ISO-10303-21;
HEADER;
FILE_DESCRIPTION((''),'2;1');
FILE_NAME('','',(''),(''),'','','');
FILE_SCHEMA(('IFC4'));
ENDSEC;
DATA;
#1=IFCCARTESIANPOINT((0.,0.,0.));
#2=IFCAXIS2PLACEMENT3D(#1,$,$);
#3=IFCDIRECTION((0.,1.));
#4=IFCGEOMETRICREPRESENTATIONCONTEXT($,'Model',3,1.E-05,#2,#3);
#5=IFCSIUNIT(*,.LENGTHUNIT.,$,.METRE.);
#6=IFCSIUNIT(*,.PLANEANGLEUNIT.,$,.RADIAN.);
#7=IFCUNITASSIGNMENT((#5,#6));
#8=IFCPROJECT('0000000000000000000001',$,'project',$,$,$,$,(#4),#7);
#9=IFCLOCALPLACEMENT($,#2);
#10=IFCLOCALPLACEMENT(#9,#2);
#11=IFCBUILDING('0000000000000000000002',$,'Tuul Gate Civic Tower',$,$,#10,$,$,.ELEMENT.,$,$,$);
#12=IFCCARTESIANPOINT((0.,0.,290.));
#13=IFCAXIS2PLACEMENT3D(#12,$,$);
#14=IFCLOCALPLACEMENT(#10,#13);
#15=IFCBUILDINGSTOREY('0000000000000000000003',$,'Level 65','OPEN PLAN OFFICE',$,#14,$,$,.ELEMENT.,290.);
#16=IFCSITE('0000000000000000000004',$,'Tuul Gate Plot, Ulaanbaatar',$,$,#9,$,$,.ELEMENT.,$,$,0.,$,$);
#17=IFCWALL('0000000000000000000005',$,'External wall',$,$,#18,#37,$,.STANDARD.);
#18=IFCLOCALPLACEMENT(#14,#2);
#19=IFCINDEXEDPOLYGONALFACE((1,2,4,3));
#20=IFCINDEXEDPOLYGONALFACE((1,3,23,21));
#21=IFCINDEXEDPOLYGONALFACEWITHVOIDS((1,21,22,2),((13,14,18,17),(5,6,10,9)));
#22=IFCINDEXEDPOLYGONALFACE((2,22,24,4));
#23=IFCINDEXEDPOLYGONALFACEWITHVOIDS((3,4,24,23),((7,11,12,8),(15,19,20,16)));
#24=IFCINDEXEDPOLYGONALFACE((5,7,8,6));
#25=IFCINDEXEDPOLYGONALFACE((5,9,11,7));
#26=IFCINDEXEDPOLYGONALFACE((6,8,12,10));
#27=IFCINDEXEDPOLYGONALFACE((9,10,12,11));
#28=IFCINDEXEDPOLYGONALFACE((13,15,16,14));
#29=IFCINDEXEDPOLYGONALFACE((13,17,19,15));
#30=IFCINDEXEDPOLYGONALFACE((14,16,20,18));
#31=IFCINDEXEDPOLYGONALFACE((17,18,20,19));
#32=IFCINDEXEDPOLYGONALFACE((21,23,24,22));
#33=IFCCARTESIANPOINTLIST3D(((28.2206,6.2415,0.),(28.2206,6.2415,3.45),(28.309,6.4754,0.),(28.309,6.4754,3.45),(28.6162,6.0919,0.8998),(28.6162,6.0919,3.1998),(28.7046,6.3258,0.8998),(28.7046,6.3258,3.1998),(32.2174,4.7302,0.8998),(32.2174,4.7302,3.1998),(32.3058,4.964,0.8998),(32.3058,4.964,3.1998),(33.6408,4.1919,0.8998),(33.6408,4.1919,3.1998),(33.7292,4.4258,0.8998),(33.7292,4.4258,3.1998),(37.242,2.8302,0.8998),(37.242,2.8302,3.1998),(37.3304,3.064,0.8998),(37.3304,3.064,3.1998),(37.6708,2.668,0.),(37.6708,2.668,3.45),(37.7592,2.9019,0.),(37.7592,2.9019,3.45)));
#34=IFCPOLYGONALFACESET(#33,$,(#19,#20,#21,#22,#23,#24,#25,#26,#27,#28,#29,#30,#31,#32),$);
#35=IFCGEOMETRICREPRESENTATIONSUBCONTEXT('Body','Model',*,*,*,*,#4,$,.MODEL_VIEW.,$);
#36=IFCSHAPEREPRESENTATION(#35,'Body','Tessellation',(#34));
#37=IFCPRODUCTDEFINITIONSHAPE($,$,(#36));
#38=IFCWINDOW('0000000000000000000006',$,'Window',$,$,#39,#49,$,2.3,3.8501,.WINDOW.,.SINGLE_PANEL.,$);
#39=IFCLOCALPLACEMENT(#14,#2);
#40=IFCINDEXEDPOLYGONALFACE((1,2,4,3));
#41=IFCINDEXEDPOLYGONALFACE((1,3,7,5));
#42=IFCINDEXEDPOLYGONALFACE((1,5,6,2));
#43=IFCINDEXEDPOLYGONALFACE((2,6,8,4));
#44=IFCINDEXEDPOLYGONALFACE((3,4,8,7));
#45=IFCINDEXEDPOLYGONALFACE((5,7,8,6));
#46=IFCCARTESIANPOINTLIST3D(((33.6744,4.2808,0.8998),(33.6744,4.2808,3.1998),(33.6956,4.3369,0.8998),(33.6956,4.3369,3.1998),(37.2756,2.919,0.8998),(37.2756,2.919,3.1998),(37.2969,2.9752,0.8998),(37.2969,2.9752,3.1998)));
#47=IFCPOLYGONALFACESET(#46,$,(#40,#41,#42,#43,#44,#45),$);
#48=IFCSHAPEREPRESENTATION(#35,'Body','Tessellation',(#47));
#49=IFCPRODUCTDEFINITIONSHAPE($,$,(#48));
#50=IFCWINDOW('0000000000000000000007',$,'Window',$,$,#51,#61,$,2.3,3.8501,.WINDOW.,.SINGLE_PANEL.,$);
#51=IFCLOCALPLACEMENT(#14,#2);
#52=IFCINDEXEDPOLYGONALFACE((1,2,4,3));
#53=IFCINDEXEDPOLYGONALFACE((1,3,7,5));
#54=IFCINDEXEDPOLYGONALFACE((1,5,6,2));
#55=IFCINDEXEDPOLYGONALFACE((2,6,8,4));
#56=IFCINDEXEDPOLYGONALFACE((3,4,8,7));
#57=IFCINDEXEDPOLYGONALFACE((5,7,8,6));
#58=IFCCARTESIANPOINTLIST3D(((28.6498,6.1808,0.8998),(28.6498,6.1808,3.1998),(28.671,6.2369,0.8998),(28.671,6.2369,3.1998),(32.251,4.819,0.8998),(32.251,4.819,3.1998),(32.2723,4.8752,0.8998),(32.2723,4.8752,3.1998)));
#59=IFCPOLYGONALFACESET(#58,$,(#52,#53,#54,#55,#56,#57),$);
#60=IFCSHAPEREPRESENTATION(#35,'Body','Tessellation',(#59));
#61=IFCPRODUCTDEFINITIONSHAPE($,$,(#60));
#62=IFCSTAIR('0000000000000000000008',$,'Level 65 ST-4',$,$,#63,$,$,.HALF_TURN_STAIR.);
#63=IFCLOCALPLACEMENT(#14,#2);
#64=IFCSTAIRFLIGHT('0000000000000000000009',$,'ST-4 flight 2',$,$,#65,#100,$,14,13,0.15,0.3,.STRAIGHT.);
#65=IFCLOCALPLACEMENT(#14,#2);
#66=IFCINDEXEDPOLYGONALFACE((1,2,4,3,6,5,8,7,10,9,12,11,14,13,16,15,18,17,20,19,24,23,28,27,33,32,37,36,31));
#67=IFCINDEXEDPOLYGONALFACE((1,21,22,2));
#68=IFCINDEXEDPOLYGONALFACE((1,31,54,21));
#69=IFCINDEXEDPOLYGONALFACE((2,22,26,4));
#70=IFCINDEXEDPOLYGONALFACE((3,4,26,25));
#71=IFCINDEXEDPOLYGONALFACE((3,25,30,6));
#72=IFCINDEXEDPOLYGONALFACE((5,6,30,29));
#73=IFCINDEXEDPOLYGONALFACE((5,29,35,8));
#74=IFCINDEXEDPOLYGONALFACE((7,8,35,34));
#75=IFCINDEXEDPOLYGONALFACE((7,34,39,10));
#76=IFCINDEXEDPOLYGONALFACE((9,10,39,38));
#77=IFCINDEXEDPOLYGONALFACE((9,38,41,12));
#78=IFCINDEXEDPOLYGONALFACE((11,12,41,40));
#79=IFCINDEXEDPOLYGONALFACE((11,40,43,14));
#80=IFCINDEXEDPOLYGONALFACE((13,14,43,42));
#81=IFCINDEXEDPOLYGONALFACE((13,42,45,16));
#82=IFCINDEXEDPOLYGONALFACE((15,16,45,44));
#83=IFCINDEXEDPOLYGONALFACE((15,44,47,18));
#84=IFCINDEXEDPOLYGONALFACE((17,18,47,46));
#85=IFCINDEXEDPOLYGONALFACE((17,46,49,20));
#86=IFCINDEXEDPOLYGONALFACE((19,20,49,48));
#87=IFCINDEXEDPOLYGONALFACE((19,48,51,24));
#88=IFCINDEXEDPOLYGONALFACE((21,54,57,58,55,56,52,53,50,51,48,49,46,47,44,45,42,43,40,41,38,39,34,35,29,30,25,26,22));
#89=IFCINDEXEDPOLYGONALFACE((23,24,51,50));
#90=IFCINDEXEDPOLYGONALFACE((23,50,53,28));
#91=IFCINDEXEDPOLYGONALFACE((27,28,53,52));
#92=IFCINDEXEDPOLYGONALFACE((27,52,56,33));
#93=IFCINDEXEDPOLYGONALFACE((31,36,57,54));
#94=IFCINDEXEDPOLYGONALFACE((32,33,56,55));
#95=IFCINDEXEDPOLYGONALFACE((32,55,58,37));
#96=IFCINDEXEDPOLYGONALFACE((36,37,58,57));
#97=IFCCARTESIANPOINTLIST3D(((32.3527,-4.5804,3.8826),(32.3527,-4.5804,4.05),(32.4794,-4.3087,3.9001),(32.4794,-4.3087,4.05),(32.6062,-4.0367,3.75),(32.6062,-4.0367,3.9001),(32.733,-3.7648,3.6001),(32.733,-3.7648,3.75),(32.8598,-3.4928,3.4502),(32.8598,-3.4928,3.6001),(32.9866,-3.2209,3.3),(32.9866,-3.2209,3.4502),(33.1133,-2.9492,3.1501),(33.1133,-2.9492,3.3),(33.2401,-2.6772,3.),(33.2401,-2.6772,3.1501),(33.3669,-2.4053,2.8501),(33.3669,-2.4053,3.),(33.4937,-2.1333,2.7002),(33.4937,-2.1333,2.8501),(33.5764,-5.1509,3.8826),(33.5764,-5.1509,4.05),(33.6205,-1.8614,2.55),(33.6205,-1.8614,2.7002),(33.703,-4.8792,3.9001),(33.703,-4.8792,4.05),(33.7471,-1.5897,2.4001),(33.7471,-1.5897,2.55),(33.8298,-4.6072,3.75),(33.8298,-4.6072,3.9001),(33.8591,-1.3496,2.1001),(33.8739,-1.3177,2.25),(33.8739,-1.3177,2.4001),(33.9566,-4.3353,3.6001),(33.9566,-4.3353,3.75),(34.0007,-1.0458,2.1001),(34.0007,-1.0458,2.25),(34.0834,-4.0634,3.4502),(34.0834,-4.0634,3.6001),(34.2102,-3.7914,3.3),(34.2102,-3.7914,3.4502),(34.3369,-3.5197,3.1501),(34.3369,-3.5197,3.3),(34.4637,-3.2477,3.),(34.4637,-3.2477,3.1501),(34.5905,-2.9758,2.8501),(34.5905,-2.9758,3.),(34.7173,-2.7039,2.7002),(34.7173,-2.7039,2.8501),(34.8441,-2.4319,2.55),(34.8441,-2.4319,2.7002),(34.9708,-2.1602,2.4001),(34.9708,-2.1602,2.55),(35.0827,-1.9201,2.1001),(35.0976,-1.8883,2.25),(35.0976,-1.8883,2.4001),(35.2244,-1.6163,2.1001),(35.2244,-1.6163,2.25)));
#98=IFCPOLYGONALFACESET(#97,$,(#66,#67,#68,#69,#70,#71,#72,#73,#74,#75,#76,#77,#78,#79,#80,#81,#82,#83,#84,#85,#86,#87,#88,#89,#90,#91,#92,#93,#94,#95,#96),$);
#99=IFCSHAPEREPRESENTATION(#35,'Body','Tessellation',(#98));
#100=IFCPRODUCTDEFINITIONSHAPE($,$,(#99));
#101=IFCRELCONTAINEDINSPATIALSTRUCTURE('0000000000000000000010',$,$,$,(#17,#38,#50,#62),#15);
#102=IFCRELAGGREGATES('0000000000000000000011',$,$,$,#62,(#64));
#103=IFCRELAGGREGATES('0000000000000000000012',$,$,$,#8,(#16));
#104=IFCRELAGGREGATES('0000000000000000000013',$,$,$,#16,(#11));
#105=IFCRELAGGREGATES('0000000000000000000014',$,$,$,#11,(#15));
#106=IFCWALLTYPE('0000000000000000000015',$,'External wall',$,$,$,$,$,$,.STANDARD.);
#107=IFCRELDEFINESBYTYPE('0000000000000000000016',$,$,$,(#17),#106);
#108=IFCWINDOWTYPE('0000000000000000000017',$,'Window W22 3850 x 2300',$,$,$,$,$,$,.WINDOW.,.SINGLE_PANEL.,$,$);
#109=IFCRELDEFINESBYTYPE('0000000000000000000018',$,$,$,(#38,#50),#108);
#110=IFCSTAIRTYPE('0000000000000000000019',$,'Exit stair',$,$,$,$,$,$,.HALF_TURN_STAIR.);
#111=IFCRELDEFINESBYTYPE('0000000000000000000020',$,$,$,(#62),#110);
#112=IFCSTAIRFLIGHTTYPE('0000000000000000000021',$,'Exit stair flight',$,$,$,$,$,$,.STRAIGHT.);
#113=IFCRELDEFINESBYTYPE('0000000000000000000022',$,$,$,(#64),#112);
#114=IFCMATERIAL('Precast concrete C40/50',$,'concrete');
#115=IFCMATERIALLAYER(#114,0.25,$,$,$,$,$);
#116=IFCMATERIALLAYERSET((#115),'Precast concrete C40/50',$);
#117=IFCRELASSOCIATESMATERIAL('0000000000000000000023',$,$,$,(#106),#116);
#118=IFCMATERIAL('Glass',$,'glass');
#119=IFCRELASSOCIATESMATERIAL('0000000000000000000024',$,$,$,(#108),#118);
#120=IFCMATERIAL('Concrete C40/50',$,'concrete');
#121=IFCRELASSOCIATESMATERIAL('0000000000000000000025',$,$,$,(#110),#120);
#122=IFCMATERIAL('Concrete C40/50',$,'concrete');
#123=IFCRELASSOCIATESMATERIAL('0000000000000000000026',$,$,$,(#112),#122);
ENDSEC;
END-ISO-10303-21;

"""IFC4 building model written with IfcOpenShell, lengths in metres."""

from ifc_helpers import new_model, si_unit, direction, frame, frame_2d, origin, place, context, subcontext, project, spatial, polyline, rectangle, outline, extrude, material, layer, layer_set, type_object, element, fill, aggregate, save


model = new_model("IFC4")

# Units and contexts
model_context = context("Model", 3, precision=1e-05, world=origin(), true_north=direction((0.0, 1.0)))
body_context = subcontext(model_context, "Body", "Model", "MODEL_VIEW")
ifc_project = project(units=[si_unit("LENGTHUNIT", "METRE"), si_unit("PLANEANGLEUNIT", "RADIAN")], contexts=[model_context])

# Site, building, storey
site_placement = place(None, origin())
site = spatial("IfcSite", under=ifc_project, at=site_placement, Name="Tuul Gate Plot, Ulaanbaatar", CompositionType="ELEMENT", RefElevation=0.0)
building_placement = place(site_placement, origin())
building = spatial("IfcBuilding", under=site, at=building_placement, Name="Tuul Gate Civic Tower", CompositionType="ELEMENT")
storey_placement = place(building_placement, frame((0.0, 0.0, 290.0)))
storey = spatial("IfcBuildingStorey", under=building, at=storey_placement, Name="Level 65", Description="OPEN PLAN OFFICE", CompositionType="ELEMENT", Elevation=290.0)

# Wall, openings, windows
ifc_material_1 = material(Name="Precast concrete C40/50", Category="concrete")
ifc_layer_1 = layer(ifc_material_1, 0.25)
ifc_layer_set_1 = layer_set([ifc_layer_1], Name="Precast concrete C40/50")
wall_type_1 = type_object("IfcWallType", Name="External wall", PredefinedType="STANDARD", material=ifc_layer_set_1)
wall_1_placement = place(storey_placement, frame((37.7151, 2.7849, 0.0), z_axis=(0.0, 0.0, 1.0), x_axis=(-0.93536, 0.353696, 0.0)))
wall_1 = element("IfcWall", 1, at=wall_1_placement, inside=storey, type_object=wall_type_1, Name="External wall", PredefinedType="STANDARD", context=body_context, shape_type="SweptSolid", body=[
    extrude(rectangle(XDim=10.1033, YDim=0.25, at=frame_2d((5.0518, 0.0))), origin(), (0.0, 0.0, 1.0), 3.45),
])
opening_1_placement = place(wall_1_placement, frame((0.4585, 0.0, 0.8999)))
opening_1 = element("IfcOpeningElement", 2, at=opening_1_placement, cuts=wall_1, PredefinedType="OPENING", context=body_context, shape_type="SweptSolid", body=[
    extrude(rectangle(XDim=3.8501, YDim=2.3, at=frame_2d((1.925, 1.1499))), frame((0.0, 0.135, 0.0), z_axis=(0.0, -1.0, 0.0), x_axis=(1.0, 0.0, 0.0)), (0.0, 0.0, 1.0), 0.27),
])
opening_2_placement = place(wall_1_placement, frame((5.8303, 0.0, 0.8999)))
opening_2 = element("IfcOpeningElement", 3, at=opening_2_placement, cuts=wall_1, PredefinedType="OPENING", context=body_context, shape_type="SweptSolid", body=[
    extrude(rectangle(XDim=3.8501, YDim=2.3, at=frame_2d((1.925, 1.1499))), frame((0.0, 0.135, 0.0), z_axis=(0.0, -1.0, 0.0), x_axis=(1.0, 0.0, 0.0)), (0.0, 0.0, 1.0), 0.27),
])
ifc_material_2 = material(Name="Glass", Category="glass")
window_type = type_object("IfcWindowType", Name="Window W22 3850 x 2300", PartitioningType="SINGLE_PANEL", PredefinedType="WINDOW", material=ifc_material_2)
window_1_placement = place(opening_1_placement, origin())
window_1 = element("IfcWindow", 4, at=window_1_placement, inside=storey, type_object=window_type, Name="Window", OverallHeight=2.3, OverallWidth=3.8501, PartitioningType="SINGLE_PANEL", PredefinedType="WINDOW", context=body_context, shape_type="SweptSolid", body=[
    extrude(rectangle(XDim=3.8501, YDim=2.3, at=frame_2d((1.925, 1.1499))), frame((0.0, 0.03, 0.0), z_axis=(0.0, -1.0, 0.0), x_axis=(1.0, 0.0, 0.0)), (0.0, 0.0, 1.0), 0.0601),
])
fill(opening_1, window_1)
window_2_placement = place(opening_2_placement, origin())
window_2 = element("IfcWindow", 5, at=window_2_placement, inside=storey, type_object=window_type, Name="Window", OverallHeight=2.3, OverallWidth=3.8501, PartitioningType="SINGLE_PANEL", PredefinedType="WINDOW", context=body_context, shape_type="SweptSolid", body=[
    extrude(rectangle(XDim=3.8501, YDim=2.3, at=frame_2d((1.925, 1.1499))), frame((0.0, 0.03, 0.0), z_axis=(0.0, -1.0, 0.0), x_axis=(1.0, 0.0, 0.0)), (0.0, 0.0, 1.0), 0.0601),
])
fill(opening_2, window_2)

# Stair, stair flight
ifc_material_3 = material(Name="Concrete C40/50", Category="concrete")
stair_type = type_object("IfcStairType", Name="Exit stair", PredefinedType="HALF_TURN_STAIR", material=ifc_material_3)
stair_placement = place(storey_placement, origin())
stair = element("IfcStair", 6, at=stair_placement, inside=storey, type_object=stair_type, Name="Level 65 ST-4", PredefinedType="HALF_TURN_STAIR")
ifc_material_4 = material(Name="Concrete C40/50", Category="concrete")
stair_flight_type = type_object("IfcStairFlightType", Name="Exit stair flight", PredefinedType="STRAIGHT", material=ifc_material_4)
stair_flight_placement = place(storey_placement, frame((34.6125, -1.3311, 2.1001), z_axis=(0.0, 0.0, 1.0), x_axis=(-0.422576, -0.906327, 0.0)))
stair_flight = element("IfcStairFlight", 7, at=stair_flight_placement, type_object=stair_flight_type, Name="ST-4 flight 2", NumberOfRisers=14, NumberOfTreads=13, PredefinedType="STRAIGHT", RiserHeight=0.15, TreadLength=0.3, context=body_context, shape_type="SweptSolid", body=[
    extrude(outline(polyline([(0.0, 0.0), (0.0, 0.1499), (0.3, 0.1499), (0.3, 0.3), (0.6001, 0.3), (0.6001, 0.45), (0.8999, 0.45), (0.8999, 0.6001), (1.2, 0.6001), (1.2, 0.75), (1.5, 0.75), (1.5, 0.8999), (1.8, 0.8999), (1.8, 1.05), (2.1001, 1.05), (2.1001, 1.2), (2.3999, 1.2), (2.3999, 1.3501), (2.7, 1.3501), (2.7, 1.5), (3.0, 1.5), (3.0, 1.6499), (3.3, 1.6499), (3.3, 1.8), (3.6001, 1.8), (3.6001, 1.95), (3.8999, 1.95), (3.8999, 2.1001), (3.8999, 1.7825), (0.3352, 0.0), (0.0, 0.0)])), frame((0.0, 0.675, 0.0), z_axis=(0.0, -1.0, 0.0), x_axis=(1.0, 0.0, 0.0)), (0.0, 0.0, 1.0), 1.3501),
])
aggregate(stair, [stair_flight])

save(model, "model.ifc")
